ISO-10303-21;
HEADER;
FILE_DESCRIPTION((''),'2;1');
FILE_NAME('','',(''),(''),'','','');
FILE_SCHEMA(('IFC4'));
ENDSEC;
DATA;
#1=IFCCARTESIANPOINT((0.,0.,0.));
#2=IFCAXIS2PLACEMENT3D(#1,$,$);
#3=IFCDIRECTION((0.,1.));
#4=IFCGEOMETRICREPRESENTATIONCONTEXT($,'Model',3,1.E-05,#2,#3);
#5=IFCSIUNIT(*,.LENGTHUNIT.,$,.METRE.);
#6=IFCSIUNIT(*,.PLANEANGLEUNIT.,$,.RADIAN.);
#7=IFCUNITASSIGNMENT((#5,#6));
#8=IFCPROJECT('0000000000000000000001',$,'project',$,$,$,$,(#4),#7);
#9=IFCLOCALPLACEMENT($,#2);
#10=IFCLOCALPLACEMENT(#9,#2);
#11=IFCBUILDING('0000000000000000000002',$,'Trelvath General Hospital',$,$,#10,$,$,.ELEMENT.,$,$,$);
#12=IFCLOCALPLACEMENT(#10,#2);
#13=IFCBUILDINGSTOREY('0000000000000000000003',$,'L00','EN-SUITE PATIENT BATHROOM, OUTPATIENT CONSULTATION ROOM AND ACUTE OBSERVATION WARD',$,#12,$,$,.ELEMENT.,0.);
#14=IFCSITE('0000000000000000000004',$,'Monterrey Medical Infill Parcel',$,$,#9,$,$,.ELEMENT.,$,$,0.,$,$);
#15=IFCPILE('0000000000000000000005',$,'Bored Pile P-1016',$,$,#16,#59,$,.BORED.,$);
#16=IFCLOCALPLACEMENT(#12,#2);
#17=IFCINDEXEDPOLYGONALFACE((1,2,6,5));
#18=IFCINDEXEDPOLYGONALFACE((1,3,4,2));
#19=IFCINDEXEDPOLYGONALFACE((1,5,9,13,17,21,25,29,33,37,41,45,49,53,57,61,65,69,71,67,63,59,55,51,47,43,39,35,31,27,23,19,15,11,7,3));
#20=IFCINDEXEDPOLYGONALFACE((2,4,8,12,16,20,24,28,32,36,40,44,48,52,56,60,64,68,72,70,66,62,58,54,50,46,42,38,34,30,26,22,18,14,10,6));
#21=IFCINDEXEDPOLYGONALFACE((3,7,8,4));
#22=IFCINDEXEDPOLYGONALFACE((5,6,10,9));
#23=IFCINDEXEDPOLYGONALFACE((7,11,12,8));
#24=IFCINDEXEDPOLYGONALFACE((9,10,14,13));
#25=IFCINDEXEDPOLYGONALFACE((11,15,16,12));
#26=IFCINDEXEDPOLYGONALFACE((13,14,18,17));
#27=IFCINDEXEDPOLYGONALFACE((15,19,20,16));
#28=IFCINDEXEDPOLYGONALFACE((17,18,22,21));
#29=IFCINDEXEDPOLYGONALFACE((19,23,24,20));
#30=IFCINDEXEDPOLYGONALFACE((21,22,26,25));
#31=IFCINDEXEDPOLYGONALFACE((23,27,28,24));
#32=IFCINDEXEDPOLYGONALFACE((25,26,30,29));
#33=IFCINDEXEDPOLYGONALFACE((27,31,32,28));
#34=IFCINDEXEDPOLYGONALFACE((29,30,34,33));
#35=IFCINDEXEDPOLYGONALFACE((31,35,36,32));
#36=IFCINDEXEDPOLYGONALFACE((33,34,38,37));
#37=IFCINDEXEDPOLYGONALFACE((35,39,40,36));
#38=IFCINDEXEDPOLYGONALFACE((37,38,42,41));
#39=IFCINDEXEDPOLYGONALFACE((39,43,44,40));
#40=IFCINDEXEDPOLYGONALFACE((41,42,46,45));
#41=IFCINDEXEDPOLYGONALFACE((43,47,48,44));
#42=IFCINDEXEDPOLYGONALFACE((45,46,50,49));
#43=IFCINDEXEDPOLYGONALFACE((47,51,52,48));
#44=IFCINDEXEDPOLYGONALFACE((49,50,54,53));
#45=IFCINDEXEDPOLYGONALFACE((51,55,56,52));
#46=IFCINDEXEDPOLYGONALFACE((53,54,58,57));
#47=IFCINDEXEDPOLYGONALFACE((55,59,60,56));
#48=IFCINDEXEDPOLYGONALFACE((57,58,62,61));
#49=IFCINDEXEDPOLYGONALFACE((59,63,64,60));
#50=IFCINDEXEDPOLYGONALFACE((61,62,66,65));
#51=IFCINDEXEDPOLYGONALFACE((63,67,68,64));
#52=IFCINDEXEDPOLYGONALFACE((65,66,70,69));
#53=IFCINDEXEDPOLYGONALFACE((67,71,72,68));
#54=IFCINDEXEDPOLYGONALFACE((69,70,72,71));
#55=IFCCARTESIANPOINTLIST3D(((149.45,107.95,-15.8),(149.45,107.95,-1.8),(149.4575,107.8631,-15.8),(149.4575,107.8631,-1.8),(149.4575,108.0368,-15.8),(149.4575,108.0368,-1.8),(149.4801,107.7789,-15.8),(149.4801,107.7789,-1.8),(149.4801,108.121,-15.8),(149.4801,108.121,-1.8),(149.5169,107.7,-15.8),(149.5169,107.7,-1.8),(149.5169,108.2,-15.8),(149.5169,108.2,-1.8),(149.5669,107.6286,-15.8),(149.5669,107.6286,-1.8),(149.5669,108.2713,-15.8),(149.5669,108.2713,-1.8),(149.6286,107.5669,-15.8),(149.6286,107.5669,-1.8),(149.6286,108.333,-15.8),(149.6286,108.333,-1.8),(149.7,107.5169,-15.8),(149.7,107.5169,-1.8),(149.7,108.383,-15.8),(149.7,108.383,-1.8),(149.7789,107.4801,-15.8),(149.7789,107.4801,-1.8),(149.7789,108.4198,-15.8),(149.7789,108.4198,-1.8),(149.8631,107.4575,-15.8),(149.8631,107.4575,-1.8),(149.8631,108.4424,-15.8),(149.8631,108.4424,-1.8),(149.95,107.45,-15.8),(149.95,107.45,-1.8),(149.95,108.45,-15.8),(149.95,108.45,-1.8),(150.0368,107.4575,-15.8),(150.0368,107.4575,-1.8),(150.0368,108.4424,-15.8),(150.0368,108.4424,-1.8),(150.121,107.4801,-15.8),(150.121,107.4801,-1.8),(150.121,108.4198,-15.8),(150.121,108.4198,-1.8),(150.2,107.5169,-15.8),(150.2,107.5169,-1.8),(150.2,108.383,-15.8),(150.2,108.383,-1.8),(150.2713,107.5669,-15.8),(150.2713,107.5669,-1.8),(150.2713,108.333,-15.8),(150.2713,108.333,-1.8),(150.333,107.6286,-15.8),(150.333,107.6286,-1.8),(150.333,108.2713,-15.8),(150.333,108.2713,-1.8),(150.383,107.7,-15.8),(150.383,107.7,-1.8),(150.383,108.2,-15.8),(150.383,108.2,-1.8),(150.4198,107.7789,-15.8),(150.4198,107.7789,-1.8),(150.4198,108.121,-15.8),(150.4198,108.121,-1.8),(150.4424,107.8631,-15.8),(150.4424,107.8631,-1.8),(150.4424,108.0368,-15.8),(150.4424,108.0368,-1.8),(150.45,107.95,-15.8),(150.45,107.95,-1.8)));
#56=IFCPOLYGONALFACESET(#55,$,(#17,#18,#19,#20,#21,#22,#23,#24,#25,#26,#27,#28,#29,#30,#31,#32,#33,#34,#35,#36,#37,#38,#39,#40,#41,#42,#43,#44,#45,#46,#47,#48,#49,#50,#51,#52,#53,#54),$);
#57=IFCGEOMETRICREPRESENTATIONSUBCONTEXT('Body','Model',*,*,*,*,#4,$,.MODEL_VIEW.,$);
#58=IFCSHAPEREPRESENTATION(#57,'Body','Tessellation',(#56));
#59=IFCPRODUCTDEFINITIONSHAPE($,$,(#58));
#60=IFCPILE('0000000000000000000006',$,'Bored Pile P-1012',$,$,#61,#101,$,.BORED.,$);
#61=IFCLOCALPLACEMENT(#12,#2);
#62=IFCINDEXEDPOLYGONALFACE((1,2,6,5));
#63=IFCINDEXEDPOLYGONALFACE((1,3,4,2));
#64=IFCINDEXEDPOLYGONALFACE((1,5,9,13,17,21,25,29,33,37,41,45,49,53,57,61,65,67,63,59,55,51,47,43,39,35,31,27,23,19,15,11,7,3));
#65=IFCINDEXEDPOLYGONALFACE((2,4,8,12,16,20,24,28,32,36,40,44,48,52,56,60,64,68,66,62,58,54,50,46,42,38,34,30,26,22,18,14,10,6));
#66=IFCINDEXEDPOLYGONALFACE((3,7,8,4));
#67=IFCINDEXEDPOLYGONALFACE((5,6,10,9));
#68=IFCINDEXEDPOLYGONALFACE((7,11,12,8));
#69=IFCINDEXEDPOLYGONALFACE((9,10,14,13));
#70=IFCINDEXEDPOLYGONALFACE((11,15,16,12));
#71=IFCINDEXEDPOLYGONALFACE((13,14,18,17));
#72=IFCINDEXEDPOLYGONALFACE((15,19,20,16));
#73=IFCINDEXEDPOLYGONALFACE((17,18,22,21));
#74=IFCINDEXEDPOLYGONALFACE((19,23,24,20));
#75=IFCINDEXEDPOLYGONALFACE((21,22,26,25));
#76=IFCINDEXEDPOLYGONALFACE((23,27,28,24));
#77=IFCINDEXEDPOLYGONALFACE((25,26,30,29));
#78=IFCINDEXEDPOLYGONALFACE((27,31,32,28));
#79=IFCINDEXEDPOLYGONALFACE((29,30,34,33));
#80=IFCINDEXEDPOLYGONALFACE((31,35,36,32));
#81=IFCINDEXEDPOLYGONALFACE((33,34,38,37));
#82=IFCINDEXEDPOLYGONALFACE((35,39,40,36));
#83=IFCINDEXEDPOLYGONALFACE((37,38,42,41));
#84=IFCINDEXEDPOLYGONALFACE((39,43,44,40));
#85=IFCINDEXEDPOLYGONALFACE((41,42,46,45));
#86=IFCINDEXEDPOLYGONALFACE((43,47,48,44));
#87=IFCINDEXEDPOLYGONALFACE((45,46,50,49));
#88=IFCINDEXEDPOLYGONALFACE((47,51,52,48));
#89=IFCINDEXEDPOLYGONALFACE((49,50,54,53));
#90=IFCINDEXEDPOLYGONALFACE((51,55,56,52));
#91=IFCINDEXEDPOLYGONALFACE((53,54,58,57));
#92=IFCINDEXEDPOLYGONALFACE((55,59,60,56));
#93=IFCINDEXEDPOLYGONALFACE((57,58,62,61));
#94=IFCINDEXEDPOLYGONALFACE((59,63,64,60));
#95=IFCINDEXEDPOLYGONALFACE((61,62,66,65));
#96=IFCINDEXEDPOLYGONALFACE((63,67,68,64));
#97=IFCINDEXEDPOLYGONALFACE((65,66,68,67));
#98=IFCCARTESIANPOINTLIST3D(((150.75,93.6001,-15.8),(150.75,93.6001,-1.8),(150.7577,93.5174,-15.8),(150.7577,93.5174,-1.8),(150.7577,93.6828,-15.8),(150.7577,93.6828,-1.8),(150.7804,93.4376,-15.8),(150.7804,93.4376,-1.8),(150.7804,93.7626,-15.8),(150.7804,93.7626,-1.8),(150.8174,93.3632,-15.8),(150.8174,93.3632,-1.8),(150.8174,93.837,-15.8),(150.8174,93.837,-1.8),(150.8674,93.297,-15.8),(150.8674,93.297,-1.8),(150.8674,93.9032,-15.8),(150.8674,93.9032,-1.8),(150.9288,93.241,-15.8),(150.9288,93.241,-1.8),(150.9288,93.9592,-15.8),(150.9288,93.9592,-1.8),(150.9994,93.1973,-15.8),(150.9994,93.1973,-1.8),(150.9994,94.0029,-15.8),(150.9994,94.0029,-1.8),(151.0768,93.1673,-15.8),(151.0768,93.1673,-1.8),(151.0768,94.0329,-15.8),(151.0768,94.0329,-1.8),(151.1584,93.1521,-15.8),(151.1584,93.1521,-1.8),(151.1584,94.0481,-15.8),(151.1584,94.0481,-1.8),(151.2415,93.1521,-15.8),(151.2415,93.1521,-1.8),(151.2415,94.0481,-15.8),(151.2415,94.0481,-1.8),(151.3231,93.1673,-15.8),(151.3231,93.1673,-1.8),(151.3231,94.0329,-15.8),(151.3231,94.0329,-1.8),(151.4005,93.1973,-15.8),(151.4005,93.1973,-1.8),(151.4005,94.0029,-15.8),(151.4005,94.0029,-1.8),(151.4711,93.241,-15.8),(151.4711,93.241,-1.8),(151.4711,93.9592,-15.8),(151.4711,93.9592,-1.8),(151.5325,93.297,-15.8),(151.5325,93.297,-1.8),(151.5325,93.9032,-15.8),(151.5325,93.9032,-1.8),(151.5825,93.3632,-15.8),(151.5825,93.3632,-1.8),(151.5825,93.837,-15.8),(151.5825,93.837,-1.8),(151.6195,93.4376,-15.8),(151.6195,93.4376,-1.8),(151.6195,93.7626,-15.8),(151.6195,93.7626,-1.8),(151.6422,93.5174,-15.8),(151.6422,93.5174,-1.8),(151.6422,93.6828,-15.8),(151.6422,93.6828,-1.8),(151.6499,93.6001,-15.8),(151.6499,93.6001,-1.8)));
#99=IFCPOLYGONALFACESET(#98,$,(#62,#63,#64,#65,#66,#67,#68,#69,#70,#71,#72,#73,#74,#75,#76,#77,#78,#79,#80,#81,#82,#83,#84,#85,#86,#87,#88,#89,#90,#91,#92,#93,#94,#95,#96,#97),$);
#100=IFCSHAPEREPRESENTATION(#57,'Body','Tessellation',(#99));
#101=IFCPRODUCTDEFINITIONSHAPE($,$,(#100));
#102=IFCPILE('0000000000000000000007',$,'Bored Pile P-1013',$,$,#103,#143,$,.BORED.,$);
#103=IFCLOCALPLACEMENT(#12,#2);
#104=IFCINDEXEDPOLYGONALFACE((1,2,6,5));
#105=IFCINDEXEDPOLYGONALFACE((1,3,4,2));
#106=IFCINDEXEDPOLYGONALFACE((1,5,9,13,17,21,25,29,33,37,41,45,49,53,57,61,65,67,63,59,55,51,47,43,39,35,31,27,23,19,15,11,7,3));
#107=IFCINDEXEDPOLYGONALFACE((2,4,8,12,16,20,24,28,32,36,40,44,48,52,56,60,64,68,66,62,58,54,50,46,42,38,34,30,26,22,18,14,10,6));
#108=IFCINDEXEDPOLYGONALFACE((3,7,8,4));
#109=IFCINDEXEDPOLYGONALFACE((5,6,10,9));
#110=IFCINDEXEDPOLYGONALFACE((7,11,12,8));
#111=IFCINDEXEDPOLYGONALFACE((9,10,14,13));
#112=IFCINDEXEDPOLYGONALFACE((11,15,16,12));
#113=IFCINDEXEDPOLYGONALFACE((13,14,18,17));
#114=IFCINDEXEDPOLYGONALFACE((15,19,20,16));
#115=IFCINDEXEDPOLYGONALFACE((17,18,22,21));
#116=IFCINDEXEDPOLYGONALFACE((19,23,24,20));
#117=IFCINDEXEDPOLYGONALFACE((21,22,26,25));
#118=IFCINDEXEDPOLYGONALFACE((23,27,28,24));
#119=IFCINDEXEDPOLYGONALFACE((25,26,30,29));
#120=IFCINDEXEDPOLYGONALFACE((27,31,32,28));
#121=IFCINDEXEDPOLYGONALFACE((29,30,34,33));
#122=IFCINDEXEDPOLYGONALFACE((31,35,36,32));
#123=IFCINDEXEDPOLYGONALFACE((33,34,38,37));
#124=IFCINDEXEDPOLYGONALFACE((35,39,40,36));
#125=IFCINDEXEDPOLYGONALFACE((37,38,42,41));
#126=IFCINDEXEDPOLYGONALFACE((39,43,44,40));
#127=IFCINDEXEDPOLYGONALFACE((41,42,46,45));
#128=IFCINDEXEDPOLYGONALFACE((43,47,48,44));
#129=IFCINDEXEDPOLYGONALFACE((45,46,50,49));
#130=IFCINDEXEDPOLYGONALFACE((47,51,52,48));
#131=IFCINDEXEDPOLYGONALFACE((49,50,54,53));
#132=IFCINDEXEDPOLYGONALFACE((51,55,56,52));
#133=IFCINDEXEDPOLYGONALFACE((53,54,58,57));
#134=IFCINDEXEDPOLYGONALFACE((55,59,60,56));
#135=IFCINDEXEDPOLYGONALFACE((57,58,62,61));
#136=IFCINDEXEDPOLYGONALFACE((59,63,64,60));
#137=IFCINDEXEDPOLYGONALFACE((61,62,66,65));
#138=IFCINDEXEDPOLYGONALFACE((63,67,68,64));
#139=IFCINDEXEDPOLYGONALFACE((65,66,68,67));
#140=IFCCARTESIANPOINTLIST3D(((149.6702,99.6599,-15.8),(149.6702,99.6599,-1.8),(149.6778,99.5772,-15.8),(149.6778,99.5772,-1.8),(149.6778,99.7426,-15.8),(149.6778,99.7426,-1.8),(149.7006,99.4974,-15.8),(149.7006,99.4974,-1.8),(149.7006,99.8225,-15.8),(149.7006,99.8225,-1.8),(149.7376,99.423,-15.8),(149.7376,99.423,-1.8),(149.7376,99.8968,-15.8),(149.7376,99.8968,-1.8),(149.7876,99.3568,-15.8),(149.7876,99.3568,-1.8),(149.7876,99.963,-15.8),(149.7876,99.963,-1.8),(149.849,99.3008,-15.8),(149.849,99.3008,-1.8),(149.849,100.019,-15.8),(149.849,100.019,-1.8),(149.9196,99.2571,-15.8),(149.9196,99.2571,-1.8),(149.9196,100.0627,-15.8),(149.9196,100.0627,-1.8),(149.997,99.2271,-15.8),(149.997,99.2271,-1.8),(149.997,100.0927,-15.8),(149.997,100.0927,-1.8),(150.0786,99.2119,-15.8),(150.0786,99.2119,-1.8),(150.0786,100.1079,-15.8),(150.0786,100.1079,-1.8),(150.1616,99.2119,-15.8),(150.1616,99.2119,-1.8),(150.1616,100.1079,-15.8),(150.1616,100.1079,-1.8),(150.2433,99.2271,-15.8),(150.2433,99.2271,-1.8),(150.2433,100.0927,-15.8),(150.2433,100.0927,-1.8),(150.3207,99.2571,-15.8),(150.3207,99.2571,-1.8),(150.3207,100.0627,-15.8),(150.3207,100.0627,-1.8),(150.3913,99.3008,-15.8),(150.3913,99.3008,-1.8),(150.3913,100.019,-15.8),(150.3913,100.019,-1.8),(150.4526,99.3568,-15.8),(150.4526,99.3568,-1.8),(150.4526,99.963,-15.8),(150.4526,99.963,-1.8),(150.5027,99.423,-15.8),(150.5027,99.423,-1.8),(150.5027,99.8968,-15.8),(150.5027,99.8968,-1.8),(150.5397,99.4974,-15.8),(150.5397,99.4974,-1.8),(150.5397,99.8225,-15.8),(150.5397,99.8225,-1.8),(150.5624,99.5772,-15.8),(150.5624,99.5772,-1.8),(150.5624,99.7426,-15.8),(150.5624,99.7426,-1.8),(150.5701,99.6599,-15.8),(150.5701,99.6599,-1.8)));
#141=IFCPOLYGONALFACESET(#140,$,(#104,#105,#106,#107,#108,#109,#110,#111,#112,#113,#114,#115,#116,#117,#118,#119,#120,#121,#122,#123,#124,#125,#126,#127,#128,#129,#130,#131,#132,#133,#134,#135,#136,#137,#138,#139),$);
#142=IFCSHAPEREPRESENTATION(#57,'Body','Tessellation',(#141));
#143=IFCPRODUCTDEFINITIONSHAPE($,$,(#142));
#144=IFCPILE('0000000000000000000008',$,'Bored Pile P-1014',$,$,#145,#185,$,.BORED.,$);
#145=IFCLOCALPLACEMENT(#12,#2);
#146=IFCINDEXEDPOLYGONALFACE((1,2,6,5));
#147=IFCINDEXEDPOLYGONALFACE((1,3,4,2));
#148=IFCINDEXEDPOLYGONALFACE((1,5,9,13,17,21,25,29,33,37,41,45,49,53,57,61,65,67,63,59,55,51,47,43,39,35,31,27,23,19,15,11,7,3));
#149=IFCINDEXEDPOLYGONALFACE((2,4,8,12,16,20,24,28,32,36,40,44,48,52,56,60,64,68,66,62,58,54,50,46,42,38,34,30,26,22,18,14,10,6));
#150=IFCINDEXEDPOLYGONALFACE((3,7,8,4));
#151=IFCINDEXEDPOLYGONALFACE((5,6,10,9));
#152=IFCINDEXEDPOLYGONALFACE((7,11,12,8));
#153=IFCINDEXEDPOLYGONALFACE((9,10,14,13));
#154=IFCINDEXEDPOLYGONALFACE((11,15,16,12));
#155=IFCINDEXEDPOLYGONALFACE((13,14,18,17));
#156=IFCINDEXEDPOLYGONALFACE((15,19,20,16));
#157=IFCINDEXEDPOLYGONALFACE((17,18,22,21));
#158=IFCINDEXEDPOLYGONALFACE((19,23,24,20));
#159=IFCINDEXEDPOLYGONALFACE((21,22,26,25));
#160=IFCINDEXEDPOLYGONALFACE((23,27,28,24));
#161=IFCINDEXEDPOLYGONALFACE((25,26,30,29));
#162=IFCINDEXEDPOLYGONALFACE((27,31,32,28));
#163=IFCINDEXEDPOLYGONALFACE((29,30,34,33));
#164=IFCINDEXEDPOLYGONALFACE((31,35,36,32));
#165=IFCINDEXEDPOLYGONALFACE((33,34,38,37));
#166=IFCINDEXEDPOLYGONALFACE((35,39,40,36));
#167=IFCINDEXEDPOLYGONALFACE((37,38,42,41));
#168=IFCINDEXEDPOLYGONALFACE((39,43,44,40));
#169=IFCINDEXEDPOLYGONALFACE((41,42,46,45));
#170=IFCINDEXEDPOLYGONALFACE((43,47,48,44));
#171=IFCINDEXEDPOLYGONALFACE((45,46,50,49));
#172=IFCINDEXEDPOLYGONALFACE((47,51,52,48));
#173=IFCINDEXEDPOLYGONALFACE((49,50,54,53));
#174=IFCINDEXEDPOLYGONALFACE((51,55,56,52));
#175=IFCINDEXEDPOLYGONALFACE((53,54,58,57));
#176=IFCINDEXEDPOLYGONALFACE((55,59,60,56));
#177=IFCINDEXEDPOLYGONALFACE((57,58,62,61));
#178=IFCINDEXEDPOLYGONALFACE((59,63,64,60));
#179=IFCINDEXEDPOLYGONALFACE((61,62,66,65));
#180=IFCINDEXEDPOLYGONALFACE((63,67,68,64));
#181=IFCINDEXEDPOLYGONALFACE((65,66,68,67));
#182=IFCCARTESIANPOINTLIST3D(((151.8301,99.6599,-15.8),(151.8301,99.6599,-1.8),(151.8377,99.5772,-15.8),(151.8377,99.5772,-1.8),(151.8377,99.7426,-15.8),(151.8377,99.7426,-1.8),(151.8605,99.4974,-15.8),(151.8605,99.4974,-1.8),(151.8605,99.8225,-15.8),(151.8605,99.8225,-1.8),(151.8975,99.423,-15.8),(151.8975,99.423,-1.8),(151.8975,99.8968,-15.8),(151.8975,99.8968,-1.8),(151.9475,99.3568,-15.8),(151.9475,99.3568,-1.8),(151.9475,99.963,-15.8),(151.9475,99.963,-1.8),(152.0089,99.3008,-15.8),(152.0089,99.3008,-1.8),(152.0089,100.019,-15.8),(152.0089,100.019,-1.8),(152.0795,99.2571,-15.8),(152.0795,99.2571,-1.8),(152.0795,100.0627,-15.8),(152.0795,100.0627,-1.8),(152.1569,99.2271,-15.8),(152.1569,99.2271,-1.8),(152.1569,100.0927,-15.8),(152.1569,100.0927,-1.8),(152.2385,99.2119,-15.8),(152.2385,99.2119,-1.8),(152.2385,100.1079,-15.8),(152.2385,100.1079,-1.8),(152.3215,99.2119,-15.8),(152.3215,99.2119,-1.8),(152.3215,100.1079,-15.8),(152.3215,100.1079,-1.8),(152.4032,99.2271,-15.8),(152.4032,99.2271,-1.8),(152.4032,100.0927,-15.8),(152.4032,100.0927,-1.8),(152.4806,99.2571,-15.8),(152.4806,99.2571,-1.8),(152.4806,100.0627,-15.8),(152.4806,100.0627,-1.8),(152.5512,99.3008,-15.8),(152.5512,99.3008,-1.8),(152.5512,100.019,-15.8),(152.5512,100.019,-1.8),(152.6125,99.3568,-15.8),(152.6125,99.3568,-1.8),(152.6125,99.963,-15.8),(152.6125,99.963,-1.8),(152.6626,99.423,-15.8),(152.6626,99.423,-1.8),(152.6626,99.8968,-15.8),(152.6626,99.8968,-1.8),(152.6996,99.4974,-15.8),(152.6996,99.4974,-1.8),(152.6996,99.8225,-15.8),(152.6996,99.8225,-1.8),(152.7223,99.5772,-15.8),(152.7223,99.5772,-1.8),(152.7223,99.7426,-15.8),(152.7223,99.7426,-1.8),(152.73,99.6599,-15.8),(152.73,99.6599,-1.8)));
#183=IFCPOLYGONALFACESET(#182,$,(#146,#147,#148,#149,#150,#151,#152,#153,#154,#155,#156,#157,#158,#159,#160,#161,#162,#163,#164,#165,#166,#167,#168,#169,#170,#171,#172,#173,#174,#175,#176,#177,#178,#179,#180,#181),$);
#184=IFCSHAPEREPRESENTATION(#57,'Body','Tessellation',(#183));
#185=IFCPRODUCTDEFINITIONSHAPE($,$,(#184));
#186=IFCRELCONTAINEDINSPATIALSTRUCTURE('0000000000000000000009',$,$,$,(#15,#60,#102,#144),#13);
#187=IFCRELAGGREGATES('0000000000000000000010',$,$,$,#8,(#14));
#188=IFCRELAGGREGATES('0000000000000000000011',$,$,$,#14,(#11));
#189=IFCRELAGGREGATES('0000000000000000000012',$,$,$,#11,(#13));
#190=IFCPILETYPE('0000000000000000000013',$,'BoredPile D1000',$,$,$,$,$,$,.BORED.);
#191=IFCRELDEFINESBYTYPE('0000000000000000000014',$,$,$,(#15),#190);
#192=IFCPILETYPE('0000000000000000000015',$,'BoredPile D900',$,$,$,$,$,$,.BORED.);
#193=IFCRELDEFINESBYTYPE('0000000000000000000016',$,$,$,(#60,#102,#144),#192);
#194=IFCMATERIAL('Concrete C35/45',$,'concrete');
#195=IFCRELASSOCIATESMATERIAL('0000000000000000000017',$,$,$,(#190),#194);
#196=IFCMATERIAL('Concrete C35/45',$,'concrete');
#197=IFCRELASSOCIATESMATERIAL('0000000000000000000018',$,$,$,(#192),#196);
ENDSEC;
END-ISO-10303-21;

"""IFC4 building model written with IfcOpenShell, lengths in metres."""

from ifc_helpers import new_model, si_unit, direction, frame, origin, origin_2d, place, context, subcontext, project, spatial, circle, extrude, material, material_profile, profile_set, type_object, element, save


model = new_model("IFC4")

# Units and contexts
model_context = context("Model", 3, precision=1e-05, world=origin(), true_north=direction((0.0, 1.0)))
body_context = subcontext(model_context, "Body", "Model", "MODEL_VIEW")
ifc_project = project(units=[si_unit("LENGTHUNIT", "METRE"), si_unit("PLANEANGLEUNIT", "RADIAN")], contexts=[model_context])

# Site, building, storey
site_placement = place(None, origin())
site = spatial("IfcSite", under=ifc_project, at=site_placement, Name="Monterrey Medical Infill Parcel", CompositionType="ELEMENT", RefElevation=0.0)
building_placement = place(site_placement, origin())
building = spatial("IfcBuilding", under=site, at=building_placement, Name="Trelvath General Hospital", CompositionType="ELEMENT")
storey_placement = place(building_placement, origin())
storey = spatial("IfcBuildingStorey", under=building, at=storey_placement, Name="L00", Description="EN-SUITE PATIENT BATHROOM, OUTPATIENT CONSULTATION ROOM AND ACUTE OBSERVATION WARD", CompositionType="ELEMENT", Elevation=0.0)

# Piles
ifc_material_1 = material(Name="Concrete C35/45", Category="concrete")
ifc_material_profile_1 = material_profile(ifc_material_1, circle(Radius=0.5, at=origin_2d()), Name="PILE1000")
ifc_profile_set_1 = profile_set([ifc_material_profile_1], Name="Concrete C35/45")
pile_type_1 = type_object("IfcPileType", Name="BoredPile D1000", PredefinedType="BORED", material=ifc_profile_set_1)
pile_placement = place(storey_placement, frame((149.95, 107.95, -1.8), z_axis=(0.0, 0.0, -1.0), x_axis=(1.0, 0.0, 0.0)))
element("IfcPile", 1, at=pile_placement, inside=storey, type_object=pile_type_1, Name="Bored Pile P-1016", PredefinedType="BORED", context=body_context, shape_type="SweptSolid", body=[
    extrude(circle(Radius=0.5, at=origin_2d()), origin(), (0.0, 0.0, 1.0), 14.0),
])
ifc_material_2 = material(Name="Concrete C35/45", Category="concrete")
ifc_material_profile_2 = material_profile(ifc_material_2, circle(Radius=0.45, at=origin_2d()), Name="PILE900")
ifc_profile_set_2 = profile_set([ifc_material_profile_2], Name="Concrete C35/45")
pile_type_2 = type_object("IfcPileType", Name="BoredPile D900", PredefinedType="BORED", material=ifc_profile_set_2)
for number, where, z_axis, x_axis, name in (
    (2, (151.2, 93.6001, -1.8), (0.0, 0.0, -1.0), (1.0, 0.0, 0.0), "Bored Pile P-1012"),
    (3, (150.1201, 99.6599, -1.8), (0.0, 0.0, -1.0), (1.0, 0.0, 0.0), "Bored Pile P-1013"),
    (4, (152.28, 99.6599, -1.8), (0.0, 0.0, -1.0), (1.0, 0.0, 0.0), "Bored Pile P-1014"),
):
    element("IfcPile", number, at=place(storey_placement, frame(where, z_axis=z_axis, x_axis=x_axis)), inside=storey, type_object=pile_type_2, Name=name, PredefinedType="BORED", context=body_context, shape_type="SweptSolid", body=[
        extrude(circle(Radius=0.45, at=origin_2d()), origin(), (0.0, 0.0, 1.0), 14.0),
    ])

save(model, "model.ifc")
